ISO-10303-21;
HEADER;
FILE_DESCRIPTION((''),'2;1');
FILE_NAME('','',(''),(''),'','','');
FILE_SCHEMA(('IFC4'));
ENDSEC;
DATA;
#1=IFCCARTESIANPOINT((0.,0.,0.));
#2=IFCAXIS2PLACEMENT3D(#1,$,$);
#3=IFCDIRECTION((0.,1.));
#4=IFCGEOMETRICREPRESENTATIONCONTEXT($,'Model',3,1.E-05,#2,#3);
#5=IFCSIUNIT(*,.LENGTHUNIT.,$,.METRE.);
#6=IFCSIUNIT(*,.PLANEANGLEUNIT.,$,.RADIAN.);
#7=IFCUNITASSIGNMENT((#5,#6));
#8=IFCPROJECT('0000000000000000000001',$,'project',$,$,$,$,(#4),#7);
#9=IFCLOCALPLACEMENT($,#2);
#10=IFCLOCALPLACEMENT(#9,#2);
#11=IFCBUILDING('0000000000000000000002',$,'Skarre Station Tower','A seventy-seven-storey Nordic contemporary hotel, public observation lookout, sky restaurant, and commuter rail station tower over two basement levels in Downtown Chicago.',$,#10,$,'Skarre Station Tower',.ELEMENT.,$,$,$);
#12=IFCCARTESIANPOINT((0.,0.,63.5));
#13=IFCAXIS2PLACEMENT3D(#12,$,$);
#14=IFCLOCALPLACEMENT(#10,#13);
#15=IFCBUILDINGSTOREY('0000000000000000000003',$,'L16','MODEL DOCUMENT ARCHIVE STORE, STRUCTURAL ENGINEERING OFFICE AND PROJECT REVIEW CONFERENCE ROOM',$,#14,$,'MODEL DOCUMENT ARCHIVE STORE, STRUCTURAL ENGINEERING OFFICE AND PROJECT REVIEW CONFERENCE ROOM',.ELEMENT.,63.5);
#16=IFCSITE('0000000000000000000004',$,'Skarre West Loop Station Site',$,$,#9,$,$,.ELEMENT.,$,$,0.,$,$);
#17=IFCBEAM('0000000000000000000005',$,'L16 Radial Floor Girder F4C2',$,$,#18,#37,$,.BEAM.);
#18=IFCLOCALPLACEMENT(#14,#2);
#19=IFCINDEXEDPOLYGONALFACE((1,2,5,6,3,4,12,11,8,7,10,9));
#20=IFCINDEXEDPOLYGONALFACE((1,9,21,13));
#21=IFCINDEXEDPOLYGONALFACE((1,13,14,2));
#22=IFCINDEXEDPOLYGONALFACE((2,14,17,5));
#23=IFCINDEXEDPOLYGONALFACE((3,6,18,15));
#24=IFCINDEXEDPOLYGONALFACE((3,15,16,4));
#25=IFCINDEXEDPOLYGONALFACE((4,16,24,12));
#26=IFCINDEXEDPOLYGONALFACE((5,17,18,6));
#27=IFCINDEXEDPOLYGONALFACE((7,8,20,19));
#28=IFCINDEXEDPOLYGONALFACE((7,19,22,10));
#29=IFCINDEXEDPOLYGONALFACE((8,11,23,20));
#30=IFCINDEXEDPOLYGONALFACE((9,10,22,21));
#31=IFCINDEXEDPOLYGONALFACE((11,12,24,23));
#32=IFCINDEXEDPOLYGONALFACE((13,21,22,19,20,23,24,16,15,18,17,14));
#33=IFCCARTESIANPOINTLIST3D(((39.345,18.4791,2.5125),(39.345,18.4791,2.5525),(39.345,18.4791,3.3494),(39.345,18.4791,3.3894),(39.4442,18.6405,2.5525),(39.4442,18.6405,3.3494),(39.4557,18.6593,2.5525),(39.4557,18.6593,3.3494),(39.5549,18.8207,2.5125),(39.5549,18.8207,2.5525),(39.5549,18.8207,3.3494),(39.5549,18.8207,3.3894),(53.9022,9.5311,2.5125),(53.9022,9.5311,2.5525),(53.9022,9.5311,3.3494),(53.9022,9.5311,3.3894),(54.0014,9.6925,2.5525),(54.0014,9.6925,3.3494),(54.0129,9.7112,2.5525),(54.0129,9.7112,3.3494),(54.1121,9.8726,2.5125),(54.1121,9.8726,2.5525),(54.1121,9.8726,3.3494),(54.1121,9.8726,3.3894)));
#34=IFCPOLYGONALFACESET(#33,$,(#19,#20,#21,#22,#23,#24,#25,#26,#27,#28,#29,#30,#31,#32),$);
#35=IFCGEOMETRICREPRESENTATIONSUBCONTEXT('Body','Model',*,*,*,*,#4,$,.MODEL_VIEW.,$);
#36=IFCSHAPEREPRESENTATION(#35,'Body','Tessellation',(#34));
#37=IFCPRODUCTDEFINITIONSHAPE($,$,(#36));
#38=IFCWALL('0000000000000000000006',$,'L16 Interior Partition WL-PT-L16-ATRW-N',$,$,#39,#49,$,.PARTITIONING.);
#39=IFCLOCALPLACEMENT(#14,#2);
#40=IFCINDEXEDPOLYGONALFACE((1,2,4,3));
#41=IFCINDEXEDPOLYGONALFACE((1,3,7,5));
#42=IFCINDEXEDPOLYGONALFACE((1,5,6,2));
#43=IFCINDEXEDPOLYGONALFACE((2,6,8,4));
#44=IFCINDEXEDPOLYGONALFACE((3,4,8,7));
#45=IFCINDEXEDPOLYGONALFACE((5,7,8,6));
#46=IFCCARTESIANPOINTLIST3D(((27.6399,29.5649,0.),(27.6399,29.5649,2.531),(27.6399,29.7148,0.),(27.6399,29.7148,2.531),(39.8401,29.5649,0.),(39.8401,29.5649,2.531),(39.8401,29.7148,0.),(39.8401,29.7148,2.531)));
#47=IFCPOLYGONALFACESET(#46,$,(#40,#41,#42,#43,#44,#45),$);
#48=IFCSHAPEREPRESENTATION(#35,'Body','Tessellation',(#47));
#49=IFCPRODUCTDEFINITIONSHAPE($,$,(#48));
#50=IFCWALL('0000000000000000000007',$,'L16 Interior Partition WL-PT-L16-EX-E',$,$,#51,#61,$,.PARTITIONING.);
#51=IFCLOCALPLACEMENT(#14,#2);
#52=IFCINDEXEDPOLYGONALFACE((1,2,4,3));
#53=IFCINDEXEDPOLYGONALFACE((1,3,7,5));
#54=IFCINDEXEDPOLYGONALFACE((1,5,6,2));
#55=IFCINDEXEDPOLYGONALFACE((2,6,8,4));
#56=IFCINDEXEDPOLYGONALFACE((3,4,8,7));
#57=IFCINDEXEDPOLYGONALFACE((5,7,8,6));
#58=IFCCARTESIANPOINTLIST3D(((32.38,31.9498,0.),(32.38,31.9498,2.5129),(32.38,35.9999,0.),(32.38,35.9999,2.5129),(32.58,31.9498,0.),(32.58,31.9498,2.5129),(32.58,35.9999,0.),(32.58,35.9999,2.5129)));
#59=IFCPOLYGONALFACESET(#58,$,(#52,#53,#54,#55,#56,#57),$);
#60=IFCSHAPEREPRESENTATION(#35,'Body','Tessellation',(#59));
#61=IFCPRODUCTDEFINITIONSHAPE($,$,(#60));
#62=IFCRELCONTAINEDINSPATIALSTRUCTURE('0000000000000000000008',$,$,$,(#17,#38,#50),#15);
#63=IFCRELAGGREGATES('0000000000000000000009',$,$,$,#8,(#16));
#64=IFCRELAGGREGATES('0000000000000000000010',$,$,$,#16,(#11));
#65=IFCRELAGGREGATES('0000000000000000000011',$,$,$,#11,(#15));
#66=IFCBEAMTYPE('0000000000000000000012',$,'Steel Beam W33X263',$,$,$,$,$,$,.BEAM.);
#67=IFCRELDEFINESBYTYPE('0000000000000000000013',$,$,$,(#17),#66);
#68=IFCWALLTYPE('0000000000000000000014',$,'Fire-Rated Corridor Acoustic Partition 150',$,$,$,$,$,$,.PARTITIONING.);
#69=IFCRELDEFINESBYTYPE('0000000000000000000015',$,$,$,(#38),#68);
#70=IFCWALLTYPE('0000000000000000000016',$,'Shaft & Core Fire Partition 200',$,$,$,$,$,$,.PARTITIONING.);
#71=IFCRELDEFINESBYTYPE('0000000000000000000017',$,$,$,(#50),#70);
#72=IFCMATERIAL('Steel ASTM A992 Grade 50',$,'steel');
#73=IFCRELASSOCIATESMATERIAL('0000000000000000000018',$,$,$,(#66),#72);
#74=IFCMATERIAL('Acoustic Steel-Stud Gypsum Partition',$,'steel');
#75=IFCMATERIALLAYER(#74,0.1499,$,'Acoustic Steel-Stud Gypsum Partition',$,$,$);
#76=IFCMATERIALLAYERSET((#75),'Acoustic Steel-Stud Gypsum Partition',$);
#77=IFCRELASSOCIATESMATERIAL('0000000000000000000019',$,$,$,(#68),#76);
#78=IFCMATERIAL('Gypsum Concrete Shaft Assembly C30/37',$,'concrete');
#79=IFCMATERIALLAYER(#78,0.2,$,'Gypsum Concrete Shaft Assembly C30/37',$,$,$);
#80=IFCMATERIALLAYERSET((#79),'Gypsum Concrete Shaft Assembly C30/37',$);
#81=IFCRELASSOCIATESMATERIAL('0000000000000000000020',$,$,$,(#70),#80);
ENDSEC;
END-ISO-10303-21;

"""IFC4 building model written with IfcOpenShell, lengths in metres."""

from ifc_helpers import new_model, si_unit, direction, frame, frame_2d, origin, origin_2d, place, context, subcontext, project, spatial, rectangle, i_section, extrude, material, layer, layer_set, material_profile, profile_set, type_object, element, save


model = new_model("IFC4")

# Units and contexts
model_context = context("Model", 3, precision=1e-05, world=origin(), true_north=direction((0.0, 1.0)))
body_context = subcontext(model_context, "Body", "Model", "MODEL_VIEW")
ifc_project = project(units=[si_unit("LENGTHUNIT", "METRE"), si_unit("PLANEANGLEUNIT", "RADIAN")], contexts=[model_context])

# Site, building, storey
site_placement = place(None, origin())
site = spatial("IfcSite", under=ifc_project, at=site_placement, Name="Skarre West Loop Station Site", CompositionType="ELEMENT", RefElevation=0.0)
building_placement = place(site_placement, origin())
building = spatial("IfcBuilding", under=site, at=building_placement, Name="Skarre Station Tower", Description="A seventy-seven-storey Nordic contemporary hotel, public observation lookout, sky restaurant, and commuter rail station tower over two basement levels in Downtown Chicago.", LongName="Skarre Station Tower", CompositionType="ELEMENT")
storey_placement = place(building_placement, frame((0.0, 0.0, 63.5)))
storey = spatial("IfcBuildingStorey", under=building, at=storey_placement, Name="L16", Description="MODEL DOCUMENT ARCHIVE STORE, STRUCTURAL ENGINEERING OFFICE AND PROJECT REVIEW CONFERENCE ROOM", LongName="MODEL DOCUMENT ARCHIVE STORE, STRUCTURAL ENGINEERING OFFICE AND PROJECT REVIEW CONFERENCE ROOM", CompositionType="ELEMENT", Elevation=63.5)

# Beam
ifc_material_1 = material(Name="Steel ASTM A992 Grade 50", Category="steel")
ifc_material_profile_1 = material_profile(ifc_material_1, i_section(OverallWidth=0.4009, OverallDepth=0.877, WebThickness=0.022, FlangeThickness=0.04, at=origin_2d()), Name="Steel ASTM A992 Grade 50")
ifc_profile_set_1 = profile_set([ifc_material_profile_1], Name="Steel ASTM A992 Grade 50")
beam_type_1 = type_object("IfcBeamType", Name="Steel Beam W33X263", PredefinedType="BEAM", material=ifc_profile_set_1)
beam_1_placement = place(storey_placement, frame((39.45, 18.6499, 2.9509), z_axis=(0.851926, -0.523663, 0.0), x_axis=(0.523663, 0.851926, 0.0)))
element("IfcBeam", 1, at=beam_1_placement, inside=storey, type_object=beam_type_1, Name="L16 Radial Floor Girder F4C2", PredefinedType="BEAM", context=body_context, shape_type="SweptSolid", body=[
    extrude(i_section(OverallWidth=0.4009, OverallDepth=0.877, WebThickness=0.022, FlangeThickness=0.04, at=origin_2d()), origin(), (0.0, 0.0, 1.0), 17.0874),
])

# Walls
ifc_material_2 = material(Name="Acoustic Steel-Stud Gypsum Partition", Category="steel")
ifc_layer_1 = layer(ifc_material_2, 0.1499, Name="Acoustic Steel-Stud Gypsum Partition")
ifc_layer_set_1 = layer_set([ifc_layer_1], Name="Acoustic Steel-Stud Gypsum Partition")
wall_type_1 = type_object("IfcWallType", Name="Fire-Rated Corridor Acoustic Partition 150", PredefinedType="PARTITIONING", material=ifc_layer_set_1)
wall_1_placement = place(storey_placement, frame((39.8401, 29.6399, 0.0), z_axis=(0.0, 0.0, 1.0), x_axis=(-1.0, 0.0, 0.0)))
element("IfcWall", 2, at=wall_1_placement, inside=storey, type_object=wall_type_1, Name="L16 Interior Partition WL-PT-L16-ATRW-N", PredefinedType="PARTITIONING", context=body_context, shape_type="SweptSolid", body=[
    extrude(rectangle(XDim=12.2002, YDim=0.1499, at=frame_2d((6.1001, 0.0))), origin(), (0.0, 0.0, 1.0), 2.531),
])
ifc_material_3 = material(Name="Gypsum Concrete Shaft Assembly C30/37", Category="concrete")
ifc_layer_2 = layer(ifc_material_3, 0.2, Name="Gypsum Concrete Shaft Assembly C30/37")
ifc_layer_set_2 = layer_set([ifc_layer_2], Name="Gypsum Concrete Shaft Assembly C30/37")
wall_type_2 = type_object("IfcWallType", Name="Shaft & Core Fire Partition 200", PredefinedType="PARTITIONING", material=ifc_layer_set_2)
wall_2_placement = place(storey_placement, frame((32.48, 31.95, 0.0), z_axis=(0.0, 0.0, 1.0), x_axis=(0.0, 1.0, 0.0)))
element("IfcWall", 3, at=wall_2_placement, inside=storey, type_object=wall_type_2, Name="L16 Interior Partition WL-PT-L16-EX-E", PredefinedType="PARTITIONING", context=body_context, shape_type="SweptSolid", body=[
    extrude(rectangle(XDim=4.05, YDim=0.2, at=frame_2d((2.0249, 0.0))), origin(), (0.0, 0.0, 1.0), 2.5129),
])

save(model, "model.ifc")
